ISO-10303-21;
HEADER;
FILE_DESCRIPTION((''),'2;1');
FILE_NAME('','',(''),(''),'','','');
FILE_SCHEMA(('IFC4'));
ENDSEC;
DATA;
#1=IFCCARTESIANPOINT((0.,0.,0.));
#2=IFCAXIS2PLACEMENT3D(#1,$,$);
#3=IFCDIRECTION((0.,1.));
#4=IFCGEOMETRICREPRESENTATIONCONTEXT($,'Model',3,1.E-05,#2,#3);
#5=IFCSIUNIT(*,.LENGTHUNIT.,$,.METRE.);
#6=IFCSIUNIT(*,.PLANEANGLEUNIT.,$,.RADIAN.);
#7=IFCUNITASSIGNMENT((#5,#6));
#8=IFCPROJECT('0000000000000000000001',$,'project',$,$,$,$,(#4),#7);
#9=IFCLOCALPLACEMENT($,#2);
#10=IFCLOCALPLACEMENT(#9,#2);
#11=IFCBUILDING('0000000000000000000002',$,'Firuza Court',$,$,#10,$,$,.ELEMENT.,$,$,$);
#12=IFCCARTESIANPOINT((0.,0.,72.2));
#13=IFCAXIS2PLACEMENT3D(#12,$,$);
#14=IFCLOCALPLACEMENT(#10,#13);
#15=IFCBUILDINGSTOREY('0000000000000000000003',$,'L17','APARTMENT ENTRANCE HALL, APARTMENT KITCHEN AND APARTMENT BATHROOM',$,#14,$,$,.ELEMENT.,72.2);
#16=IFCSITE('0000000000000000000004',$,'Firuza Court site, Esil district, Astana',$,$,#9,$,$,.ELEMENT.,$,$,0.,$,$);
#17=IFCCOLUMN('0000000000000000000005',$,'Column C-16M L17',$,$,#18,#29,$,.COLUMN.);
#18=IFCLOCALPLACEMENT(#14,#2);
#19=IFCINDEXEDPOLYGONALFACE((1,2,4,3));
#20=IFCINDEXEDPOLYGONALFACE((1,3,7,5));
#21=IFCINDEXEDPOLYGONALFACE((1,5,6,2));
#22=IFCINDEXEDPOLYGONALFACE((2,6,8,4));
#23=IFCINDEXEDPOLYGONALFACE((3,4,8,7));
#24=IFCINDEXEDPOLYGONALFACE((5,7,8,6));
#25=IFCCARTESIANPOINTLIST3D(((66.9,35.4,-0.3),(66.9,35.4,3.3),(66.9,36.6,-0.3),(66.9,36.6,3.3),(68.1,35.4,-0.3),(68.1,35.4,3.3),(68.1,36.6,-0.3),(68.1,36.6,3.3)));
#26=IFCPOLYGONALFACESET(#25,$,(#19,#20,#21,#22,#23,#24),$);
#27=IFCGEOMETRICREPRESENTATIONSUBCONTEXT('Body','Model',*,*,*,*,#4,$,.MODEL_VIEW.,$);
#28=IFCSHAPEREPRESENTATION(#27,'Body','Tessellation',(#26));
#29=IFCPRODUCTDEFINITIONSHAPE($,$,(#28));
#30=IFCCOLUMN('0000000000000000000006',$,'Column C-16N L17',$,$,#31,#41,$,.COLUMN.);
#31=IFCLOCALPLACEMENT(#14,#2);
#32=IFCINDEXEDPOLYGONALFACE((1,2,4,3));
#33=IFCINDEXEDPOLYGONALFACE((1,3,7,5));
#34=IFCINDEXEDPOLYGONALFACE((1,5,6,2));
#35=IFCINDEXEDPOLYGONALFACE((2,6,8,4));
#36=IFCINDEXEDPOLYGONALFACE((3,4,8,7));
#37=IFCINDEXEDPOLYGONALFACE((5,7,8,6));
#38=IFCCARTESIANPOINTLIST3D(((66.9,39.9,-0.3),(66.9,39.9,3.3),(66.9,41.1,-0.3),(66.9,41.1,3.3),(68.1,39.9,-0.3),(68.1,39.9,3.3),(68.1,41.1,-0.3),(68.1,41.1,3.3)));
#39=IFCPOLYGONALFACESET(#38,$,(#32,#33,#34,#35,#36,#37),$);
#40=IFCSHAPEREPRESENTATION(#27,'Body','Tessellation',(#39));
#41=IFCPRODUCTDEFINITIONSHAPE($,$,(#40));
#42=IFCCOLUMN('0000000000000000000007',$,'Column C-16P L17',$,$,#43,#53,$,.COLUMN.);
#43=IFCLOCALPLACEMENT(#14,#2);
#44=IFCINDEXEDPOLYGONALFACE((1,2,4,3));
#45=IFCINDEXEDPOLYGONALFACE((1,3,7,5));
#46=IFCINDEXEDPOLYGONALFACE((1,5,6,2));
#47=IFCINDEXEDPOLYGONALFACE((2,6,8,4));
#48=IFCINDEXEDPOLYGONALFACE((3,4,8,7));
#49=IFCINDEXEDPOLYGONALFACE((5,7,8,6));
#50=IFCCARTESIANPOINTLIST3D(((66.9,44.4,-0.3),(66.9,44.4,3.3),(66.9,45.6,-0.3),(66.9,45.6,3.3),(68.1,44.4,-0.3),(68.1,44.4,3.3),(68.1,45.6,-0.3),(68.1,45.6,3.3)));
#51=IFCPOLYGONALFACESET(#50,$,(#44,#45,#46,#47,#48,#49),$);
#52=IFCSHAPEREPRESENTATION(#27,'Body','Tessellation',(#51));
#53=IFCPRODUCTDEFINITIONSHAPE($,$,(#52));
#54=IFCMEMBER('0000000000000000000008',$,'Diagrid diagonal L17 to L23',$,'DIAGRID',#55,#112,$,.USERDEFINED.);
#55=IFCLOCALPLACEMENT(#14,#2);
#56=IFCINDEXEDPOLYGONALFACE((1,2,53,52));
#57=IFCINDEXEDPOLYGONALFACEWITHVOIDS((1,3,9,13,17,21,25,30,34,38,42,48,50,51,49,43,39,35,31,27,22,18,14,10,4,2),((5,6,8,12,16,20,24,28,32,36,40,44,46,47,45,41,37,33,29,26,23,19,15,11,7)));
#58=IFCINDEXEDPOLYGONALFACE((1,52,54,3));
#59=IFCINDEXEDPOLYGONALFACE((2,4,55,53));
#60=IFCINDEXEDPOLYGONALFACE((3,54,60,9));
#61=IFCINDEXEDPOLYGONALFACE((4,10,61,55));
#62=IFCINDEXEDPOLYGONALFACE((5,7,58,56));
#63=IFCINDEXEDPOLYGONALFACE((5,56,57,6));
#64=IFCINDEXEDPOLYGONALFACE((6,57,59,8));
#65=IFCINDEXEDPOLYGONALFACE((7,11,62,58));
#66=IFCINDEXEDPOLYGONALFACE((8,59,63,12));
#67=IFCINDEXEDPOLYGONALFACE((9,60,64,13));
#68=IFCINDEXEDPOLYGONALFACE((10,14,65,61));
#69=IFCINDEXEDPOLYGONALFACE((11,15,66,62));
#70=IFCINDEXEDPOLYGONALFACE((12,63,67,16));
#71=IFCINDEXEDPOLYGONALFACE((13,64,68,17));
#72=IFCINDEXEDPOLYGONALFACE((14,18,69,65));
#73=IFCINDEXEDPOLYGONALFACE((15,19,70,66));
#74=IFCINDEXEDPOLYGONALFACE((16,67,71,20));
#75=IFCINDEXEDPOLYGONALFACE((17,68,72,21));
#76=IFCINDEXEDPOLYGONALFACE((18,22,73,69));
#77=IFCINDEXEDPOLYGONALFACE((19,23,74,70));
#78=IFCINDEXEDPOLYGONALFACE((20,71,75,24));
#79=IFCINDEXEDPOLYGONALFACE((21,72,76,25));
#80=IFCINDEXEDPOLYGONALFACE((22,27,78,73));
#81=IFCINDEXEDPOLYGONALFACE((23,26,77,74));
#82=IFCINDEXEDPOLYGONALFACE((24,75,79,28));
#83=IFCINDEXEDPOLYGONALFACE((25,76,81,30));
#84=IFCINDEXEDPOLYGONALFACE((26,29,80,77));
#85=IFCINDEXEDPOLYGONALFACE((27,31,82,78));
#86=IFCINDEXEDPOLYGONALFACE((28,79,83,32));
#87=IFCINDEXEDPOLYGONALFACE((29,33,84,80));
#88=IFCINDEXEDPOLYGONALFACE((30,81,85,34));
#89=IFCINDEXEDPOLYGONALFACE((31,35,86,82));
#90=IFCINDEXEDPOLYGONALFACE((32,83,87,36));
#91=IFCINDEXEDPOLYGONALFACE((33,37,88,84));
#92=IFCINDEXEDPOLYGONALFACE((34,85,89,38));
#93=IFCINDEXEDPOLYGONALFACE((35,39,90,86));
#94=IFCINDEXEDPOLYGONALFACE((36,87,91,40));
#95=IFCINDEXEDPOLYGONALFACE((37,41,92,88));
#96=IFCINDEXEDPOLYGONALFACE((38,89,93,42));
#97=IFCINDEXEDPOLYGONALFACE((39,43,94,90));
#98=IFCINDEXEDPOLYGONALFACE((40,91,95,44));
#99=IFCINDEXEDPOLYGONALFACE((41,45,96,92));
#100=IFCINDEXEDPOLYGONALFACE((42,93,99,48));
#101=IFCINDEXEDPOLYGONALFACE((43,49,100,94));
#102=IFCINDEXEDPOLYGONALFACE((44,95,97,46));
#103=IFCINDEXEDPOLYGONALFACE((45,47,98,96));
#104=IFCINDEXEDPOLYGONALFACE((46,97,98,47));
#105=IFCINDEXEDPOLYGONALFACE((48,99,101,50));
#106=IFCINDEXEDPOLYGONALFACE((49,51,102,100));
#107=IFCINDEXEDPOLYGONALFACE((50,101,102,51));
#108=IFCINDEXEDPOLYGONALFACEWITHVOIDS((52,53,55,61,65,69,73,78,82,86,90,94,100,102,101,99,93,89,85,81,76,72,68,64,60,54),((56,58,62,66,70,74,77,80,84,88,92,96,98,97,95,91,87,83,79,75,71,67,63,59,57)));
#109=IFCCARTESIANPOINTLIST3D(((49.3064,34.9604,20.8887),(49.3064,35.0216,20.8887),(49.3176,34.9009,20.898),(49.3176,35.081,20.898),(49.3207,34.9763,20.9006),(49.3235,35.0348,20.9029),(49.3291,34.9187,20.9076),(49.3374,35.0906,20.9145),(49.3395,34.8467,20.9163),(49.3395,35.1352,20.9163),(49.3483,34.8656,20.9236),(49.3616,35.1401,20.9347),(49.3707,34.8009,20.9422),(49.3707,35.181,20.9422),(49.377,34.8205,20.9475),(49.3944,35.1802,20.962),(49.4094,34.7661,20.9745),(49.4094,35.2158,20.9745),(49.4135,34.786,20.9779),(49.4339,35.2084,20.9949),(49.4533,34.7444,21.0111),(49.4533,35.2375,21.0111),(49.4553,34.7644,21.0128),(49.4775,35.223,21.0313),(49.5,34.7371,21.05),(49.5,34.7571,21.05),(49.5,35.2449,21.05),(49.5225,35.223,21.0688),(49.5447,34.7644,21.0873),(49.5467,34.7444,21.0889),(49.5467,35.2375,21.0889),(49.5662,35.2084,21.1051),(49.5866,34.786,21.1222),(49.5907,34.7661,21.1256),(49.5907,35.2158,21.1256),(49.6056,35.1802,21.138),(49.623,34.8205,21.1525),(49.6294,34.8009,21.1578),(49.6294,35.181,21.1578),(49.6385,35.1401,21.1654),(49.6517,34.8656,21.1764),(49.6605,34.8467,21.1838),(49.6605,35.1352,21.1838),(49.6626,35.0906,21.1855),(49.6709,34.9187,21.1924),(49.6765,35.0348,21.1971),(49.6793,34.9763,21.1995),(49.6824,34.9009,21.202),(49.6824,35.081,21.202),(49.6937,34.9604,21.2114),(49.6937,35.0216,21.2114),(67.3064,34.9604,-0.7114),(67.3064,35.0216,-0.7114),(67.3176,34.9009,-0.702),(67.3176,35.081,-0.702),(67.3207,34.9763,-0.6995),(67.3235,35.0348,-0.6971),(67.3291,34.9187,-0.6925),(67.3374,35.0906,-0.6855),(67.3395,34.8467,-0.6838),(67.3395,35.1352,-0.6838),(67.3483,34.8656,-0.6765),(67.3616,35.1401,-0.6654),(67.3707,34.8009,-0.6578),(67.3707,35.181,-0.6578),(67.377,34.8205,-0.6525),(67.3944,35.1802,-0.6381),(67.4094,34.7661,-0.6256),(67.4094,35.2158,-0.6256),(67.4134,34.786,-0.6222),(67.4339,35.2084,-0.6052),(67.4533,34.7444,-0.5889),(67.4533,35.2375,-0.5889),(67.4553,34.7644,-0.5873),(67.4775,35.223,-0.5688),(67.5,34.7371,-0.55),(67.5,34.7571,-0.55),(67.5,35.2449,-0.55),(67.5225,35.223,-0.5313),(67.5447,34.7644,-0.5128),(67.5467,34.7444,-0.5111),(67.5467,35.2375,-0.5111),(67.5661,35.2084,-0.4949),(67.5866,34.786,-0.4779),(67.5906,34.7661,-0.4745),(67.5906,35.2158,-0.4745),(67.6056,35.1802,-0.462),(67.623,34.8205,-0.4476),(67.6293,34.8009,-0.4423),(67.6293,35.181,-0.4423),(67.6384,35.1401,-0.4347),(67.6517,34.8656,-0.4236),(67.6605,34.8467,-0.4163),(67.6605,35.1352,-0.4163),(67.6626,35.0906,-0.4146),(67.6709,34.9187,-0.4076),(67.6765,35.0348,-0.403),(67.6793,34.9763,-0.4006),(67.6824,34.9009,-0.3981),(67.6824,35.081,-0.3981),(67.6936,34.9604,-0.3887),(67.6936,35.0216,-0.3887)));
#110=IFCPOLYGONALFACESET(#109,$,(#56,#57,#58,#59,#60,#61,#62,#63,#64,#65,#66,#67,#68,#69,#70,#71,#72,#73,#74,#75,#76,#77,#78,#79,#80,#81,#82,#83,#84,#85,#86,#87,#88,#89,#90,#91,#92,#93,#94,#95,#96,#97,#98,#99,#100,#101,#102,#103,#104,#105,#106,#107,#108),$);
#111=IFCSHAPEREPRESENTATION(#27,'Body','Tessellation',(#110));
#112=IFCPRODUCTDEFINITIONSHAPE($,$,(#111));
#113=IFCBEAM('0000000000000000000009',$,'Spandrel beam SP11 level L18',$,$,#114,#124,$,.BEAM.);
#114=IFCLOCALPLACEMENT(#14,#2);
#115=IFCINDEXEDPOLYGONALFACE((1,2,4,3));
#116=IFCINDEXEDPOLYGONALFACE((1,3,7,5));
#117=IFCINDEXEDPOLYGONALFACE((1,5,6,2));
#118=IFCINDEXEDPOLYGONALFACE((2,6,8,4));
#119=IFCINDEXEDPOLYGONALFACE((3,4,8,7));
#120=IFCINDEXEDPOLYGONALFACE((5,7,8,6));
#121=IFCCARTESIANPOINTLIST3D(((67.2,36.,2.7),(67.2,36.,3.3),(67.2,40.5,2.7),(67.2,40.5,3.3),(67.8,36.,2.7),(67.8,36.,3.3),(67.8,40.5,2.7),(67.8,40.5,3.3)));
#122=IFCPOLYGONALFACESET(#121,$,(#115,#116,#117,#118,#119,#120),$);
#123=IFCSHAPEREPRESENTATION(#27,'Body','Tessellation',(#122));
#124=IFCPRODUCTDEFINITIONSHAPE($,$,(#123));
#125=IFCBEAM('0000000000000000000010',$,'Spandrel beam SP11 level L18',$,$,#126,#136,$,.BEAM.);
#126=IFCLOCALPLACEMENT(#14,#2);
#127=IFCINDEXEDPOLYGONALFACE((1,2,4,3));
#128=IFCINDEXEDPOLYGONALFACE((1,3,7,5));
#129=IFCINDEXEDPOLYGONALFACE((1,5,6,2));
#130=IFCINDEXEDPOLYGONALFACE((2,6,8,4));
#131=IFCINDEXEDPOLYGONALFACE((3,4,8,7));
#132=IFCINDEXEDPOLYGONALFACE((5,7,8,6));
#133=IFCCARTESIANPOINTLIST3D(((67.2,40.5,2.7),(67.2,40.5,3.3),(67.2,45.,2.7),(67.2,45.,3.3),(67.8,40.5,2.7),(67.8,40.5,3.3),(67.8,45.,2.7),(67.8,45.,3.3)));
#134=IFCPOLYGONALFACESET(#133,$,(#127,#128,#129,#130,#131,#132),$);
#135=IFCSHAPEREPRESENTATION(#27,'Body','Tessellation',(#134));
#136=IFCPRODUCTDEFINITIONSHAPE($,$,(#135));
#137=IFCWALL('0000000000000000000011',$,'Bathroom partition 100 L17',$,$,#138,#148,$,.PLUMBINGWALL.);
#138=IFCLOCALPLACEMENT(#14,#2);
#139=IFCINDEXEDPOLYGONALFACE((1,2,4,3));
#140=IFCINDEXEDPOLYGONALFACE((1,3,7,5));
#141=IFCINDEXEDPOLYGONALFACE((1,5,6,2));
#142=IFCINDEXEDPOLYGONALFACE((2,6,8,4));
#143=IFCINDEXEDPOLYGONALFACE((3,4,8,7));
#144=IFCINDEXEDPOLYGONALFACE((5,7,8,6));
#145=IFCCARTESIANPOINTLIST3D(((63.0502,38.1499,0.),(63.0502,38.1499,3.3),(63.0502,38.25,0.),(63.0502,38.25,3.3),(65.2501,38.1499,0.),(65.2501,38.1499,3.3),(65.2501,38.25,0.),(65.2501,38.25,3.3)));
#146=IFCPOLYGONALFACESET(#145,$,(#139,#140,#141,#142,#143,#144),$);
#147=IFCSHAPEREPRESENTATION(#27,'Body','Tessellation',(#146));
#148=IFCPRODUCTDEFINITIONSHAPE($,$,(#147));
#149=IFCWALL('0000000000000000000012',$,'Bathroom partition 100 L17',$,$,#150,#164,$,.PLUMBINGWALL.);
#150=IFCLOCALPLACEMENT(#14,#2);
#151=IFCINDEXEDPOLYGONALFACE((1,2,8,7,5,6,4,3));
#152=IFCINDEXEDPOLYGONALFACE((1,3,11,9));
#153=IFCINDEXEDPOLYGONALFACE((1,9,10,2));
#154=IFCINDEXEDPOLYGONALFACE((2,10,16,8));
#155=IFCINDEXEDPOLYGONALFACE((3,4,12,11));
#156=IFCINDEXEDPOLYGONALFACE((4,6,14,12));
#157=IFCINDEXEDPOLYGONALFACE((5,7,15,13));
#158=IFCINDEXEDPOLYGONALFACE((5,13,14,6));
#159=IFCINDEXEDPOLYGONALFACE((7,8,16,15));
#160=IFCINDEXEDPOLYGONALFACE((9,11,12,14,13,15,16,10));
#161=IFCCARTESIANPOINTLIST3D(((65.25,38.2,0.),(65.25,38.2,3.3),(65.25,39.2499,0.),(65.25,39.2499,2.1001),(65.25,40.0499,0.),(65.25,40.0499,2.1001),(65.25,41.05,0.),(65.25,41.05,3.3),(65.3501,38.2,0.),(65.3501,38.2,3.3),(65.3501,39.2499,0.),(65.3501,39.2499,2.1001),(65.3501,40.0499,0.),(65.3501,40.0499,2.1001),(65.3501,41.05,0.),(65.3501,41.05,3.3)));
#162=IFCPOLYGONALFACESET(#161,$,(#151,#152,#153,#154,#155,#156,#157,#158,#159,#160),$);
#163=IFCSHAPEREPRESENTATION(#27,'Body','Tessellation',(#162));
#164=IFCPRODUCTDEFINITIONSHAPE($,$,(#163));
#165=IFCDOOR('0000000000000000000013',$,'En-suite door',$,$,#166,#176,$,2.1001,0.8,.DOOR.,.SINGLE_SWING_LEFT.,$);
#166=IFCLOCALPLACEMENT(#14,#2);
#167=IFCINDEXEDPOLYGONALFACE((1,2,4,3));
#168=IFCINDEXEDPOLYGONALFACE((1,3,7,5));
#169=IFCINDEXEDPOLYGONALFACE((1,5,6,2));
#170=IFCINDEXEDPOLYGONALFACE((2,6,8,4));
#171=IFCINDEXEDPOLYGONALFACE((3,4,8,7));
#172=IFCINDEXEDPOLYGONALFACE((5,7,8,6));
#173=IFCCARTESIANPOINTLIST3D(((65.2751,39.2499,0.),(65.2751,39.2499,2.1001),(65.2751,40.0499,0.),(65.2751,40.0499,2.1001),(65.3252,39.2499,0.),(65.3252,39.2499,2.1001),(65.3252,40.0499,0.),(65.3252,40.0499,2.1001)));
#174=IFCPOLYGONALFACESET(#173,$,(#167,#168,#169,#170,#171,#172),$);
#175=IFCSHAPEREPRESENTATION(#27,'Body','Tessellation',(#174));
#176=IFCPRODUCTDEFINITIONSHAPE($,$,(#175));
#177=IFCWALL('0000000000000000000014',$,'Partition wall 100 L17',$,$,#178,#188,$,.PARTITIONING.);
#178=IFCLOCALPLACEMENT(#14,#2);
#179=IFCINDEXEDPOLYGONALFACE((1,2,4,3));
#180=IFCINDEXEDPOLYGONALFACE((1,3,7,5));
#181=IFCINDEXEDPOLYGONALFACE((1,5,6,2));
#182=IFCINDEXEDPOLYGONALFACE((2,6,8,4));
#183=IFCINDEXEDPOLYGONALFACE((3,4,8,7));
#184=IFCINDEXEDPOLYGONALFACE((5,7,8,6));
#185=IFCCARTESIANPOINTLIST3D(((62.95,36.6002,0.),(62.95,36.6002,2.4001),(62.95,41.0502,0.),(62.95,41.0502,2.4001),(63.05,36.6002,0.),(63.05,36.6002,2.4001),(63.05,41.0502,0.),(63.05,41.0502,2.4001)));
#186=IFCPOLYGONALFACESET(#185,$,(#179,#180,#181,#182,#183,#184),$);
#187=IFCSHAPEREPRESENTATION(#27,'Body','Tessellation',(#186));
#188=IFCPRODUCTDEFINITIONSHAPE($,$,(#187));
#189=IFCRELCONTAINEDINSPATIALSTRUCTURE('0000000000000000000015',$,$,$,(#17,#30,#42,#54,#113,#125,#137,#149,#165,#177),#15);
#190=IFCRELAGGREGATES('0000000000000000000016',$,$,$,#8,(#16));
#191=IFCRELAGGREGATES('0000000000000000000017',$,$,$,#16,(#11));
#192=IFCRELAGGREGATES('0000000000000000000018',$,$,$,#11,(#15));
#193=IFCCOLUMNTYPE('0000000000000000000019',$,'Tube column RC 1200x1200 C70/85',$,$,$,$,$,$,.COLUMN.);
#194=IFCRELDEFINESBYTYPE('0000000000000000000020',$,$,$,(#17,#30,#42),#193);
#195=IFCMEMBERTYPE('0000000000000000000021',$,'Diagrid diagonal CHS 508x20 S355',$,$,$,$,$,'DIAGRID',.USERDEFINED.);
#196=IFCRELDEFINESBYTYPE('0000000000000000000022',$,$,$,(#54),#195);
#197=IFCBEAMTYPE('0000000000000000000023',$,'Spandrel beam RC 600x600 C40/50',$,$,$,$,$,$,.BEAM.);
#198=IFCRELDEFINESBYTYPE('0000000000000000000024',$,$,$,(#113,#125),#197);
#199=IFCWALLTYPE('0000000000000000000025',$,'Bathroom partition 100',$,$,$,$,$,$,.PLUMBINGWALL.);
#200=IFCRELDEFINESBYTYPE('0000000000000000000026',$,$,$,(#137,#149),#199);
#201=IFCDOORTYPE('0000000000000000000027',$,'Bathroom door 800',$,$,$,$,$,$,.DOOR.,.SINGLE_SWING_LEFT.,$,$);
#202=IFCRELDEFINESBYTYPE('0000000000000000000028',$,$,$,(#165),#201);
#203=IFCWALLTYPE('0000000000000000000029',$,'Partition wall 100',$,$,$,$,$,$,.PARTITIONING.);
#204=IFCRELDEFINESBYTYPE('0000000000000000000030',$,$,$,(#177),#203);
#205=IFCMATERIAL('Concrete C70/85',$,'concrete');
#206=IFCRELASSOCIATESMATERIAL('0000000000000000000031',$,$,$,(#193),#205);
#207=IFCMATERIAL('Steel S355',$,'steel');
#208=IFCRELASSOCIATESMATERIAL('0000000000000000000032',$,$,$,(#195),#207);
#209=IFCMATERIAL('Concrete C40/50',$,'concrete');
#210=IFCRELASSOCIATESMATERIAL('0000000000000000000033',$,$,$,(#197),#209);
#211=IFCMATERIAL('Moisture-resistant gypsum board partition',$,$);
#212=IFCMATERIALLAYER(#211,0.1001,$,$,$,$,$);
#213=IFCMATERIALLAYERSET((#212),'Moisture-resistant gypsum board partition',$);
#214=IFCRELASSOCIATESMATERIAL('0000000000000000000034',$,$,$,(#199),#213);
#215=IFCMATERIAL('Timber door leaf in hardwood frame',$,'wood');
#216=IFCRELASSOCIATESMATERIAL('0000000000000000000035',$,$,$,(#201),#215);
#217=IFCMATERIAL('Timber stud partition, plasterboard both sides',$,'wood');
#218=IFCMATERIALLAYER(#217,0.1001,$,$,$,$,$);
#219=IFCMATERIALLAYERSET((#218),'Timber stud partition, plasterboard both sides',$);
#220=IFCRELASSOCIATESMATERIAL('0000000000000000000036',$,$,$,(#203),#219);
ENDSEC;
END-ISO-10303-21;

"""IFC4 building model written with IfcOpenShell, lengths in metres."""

from ifc_helpers import new_model, si_unit, direction, frame, frame_2d, origin, origin_2d, place, context, subcontext, project, spatial, rectangle, hollow_circle, extrude, material, layer, layer_set, material_profile, profile_set, type_object, element, fill, save


model = new_model("IFC4")

# Units and contexts
model_context = context("Model", 3, precision=1e-05, world=origin(), true_north=direction((0.0, 1.0)))
body_context = subcontext(model_context, "Body", "Model", "MODEL_VIEW")
ifc_project = project(units=[si_unit("LENGTHUNIT", "METRE"), si_unit("PLANEANGLEUNIT", "RADIAN")], contexts=[model_context])

# Site, building, storey
site_placement = place(None, origin())
site = spatial("IfcSite", under=ifc_project, at=site_placement, Name="Firuza Court site, Esil district, Astana", CompositionType="ELEMENT", RefElevation=0.0)
building_placement = place(site_placement, origin())
building = spatial("IfcBuilding", under=site, at=building_placement, Name="Firuza Court", CompositionType="ELEMENT")
storey_placement = place(building_placement, frame((0.0, 0.0, 72.2)))
storey = spatial("IfcBuildingStorey", under=building, at=storey_placement, Name="L17", Description="APARTMENT ENTRANCE HALL, APARTMENT KITCHEN AND APARTMENT BATHROOM", CompositionType="ELEMENT", Elevation=72.2)

# Columns
ifc_material_1 = material(Name="Concrete C70/85", Category="concrete")
ifc_material_profile_1 = material_profile(ifc_material_1, rectangle(XDim=1.2, YDim=1.2, at=origin_2d()), Name="RC 1200x1200")
ifc_profile_set_1 = profile_set([ifc_material_profile_1], Name="Concrete C70/85")
column_type = type_object("IfcColumnType", Name="Tube column RC 1200x1200 C70/85", PredefinedType="COLUMN", material=ifc_profile_set_1)
for number, where, z_axis, x_axis, name in (
    (1, (67.5, 36.0, -0.3), (0.0, 0.0, 1.0), (1.0, 0.0, 0.0), "Column C-16M L17"),
    (2, (67.5, 40.5, -0.3), (0.0, 0.0, 1.0), (1.0, 0.0, 0.0), "Column C-16N L17"),
    (3, (67.5, 45.0, -0.3), (0.0, 0.0, 1.0), (1.0, 0.0, 0.0), "Column C-16P L17"),
):
    element("IfcColumn", number, at=place(storey_placement, frame(where, z_axis=z_axis, x_axis=x_axis)), inside=storey, type_object=column_type, Name=name, PredefinedType="COLUMN", context=body_context, shape_type="SweptSolid", body=[
        extrude(rectangle(XDim=1.2, YDim=1.2, at=origin_2d()), origin(), (0.0, 0.0, 1.0), 3.6001),
    ])

# Member
ifc_material_2 = material(Name="Steel S355", Category="steel")
ifc_material_profile_2 = material_profile(ifc_material_2, hollow_circle(Radius=0.2539, WallThickness=0.02, at=origin_2d()), Name="CHS 508x20")
ifc_profile_set_2 = profile_set([ifc_material_profile_2], Name="Steel S355")
member_type = type_object("IfcMemberType", Name="Diagrid diagonal CHS 508x20 S355", ElementType="DIAGRID", PredefinedType="USERDEFINED", material=ifc_profile_set_2)
member_placement = place(storey_placement, frame((67.5, 34.991, -0.55), z_axis=(-0.640183, 0.0, 0.768223), x_axis=(0.0, -1.0, 0.0)))
element("IfcMember", 4, at=member_placement, inside=storey, type_object=member_type, Name="Diagrid diagonal L17 to L23", ObjectType="DIAGRID", PredefinedType="USERDEFINED", context=body_context, shape_type="SweptSolid", body=[
    extrude(hollow_circle(Radius=0.2539, WallThickness=0.02, at=origin_2d()), origin(), (0.0, 0.0, 1.0), 28.1169),
])

# Beams
ifc_material_3 = material(Name="Concrete C40/50", Category="concrete")
ifc_material_profile_3 = material_profile(ifc_material_3, rectangle(XDim=0.6001, YDim=0.6001, at=origin_2d()), Name="RC 600x600")
ifc_profile_set_3 = profile_set([ifc_material_profile_3], Name="Concrete C40/50")
beam_type = type_object("IfcBeamType", Name="Spandrel beam RC 600x600 C40/50", PredefinedType="BEAM", material=ifc_profile_set_3)
for number, where, z_axis, x_axis, name in (
    (5, (67.5, 36.0, 3.0), (0.0, 1.0, 0.0), (-1.0, 0.0, 0.0), "Spandrel beam SP11 level L18"),
    (6, (67.5, 40.5, 3.0), (0.0, 1.0, 0.0), (-1.0, 0.0, 0.0), "Spandrel beam SP11 level L18"),
):
    element("IfcBeam", number, at=place(storey_placement, frame(where, z_axis=z_axis, x_axis=x_axis)), inside=storey, type_object=beam_type, Name=name, PredefinedType="BEAM", context=body_context, shape_type="SweptSolid", body=[
        extrude(rectangle(XDim=0.6001, YDim=0.6001, at=origin_2d()), origin(), (0.0, 0.0, 1.0), 4.5),
    ])

# Wall
ifc_material_4 = material(Name="Moisture-resistant gypsum board partition")
ifc_layer_1 = layer(ifc_material_4, 0.1001)
ifc_layer_set_1 = layer_set([ifc_layer_1], Name="Moisture-resistant gypsum board partition")
wall_type_1 = type_object("IfcWallType", Name="Bathroom partition 100", PredefinedType="PLUMBINGWALL", material=ifc_layer_set_1)
wall_1_placement = place(storey_placement, frame((63.05, 38.2, 0.0), z_axis=(0.0, 0.0, 1.0), x_axis=(1.0, 0.0, 0.0)))
element("IfcWall", 7, at=wall_1_placement, inside=storey, type_object=wall_type_1, Name="Bathroom partition 100 L17", PredefinedType="PLUMBINGWALL", context=body_context, shape_type="SweptSolid", body=[
    extrude(rectangle(XDim=2.2, YDim=0.1001, at=frame_2d((1.1001, 0.0))), origin(), (0.0, 0.0, 1.0), 3.3),
])

# Wall, opening, door
wall_2_placement = place(storey_placement, frame((65.3, 38.2, 0.0), z_axis=(0.0, 0.0, 1.0), x_axis=(0.0, 1.0, 0.0)))
wall_2 = element("IfcWall", 8, at=wall_2_placement, inside=storey, type_object=wall_type_1, Name="Bathroom partition 100 L17", PredefinedType="PLUMBINGWALL", context=body_context, shape_type="SweptSolid", body=[
    extrude(rectangle(XDim=2.8501, YDim=0.1001, at=frame_2d((1.425, 0.0))), origin(), (0.0, 0.0, 1.0), 3.3),
])
opening_1_placement = place(wall_2_placement, frame((1.05, 0.0, 0.0)))
opening_1 = element("IfcOpeningElement", 9, at=opening_1_placement, cuts=wall_2, PredefinedType="OPENING", context=body_context, shape_type="SweptSolid", body=[
    extrude(rectangle(XDim=0.8, YDim=2.1001, at=frame_2d((0.3999, 1.05))), frame((0.0, 0.062, 0.0), z_axis=(0.0, -1.0, 0.0), x_axis=(1.0, 0.0, 0.0)), (0.0, 0.0, 1.0), 0.124),
])
ifc_material_5 = material(Name="Timber door leaf in hardwood frame", Category="wood")
door_type = type_object("IfcDoorType", Name="Bathroom door 800", OperationType="SINGLE_SWING_LEFT", PredefinedType="DOOR", material=ifc_material_5)
door_placement = place(opening_1_placement, origin())
door = element("IfcDoor", 10, at=door_placement, inside=storey, type_object=door_type, Name="En-suite door", OperationType="SINGLE_SWING_LEFT", OverallHeight=2.1001, OverallWidth=0.8, PredefinedType="DOOR", context=body_context, shape_type="SweptSolid", body=[
    extrude(rectangle(XDim=0.8, YDim=2.1001, at=frame_2d((0.3999, 1.05))), frame((0.0, 0.0249, 0.0), z_axis=(0.0, -1.0, 0.0), x_axis=(1.0, 0.0, 0.0)), (0.0, 0.0, 1.0), 0.05),
])
fill(opening_1, door)

# Wall
ifc_material_6 = material(Name="Timber stud partition, plasterboard both sides", Category="wood")
ifc_layer_2 = layer(ifc_material_6, 0.1001)
ifc_layer_set_2 = layer_set([ifc_layer_2], Name="Timber stud partition, plasterboard both sides")
wall_type_2 = type_object("IfcWallType", Name="Partition wall 100", PredefinedType="PARTITIONING", material=ifc_layer_set_2)
wall_3_placement = place(storey_placement, frame((63.0, 36.6001, 0.0), z_axis=(0.0, 0.0, 1.0), x_axis=(0.0, 1.0, 0.0)))
element("IfcWall", 11, at=wall_3_placement, inside=storey, type_object=wall_type_2, Name="Partition wall 100 L17", PredefinedType="PARTITIONING", context=body_context, shape_type="SweptSolid", body=[
    extrude(rectangle(XDim=4.45, YDim=0.1001, at=frame_2d((2.2251, 0.0))), origin(), (0.0, 0.0, 1.0), 2.4001),
])

save(model, "model.ifc")
